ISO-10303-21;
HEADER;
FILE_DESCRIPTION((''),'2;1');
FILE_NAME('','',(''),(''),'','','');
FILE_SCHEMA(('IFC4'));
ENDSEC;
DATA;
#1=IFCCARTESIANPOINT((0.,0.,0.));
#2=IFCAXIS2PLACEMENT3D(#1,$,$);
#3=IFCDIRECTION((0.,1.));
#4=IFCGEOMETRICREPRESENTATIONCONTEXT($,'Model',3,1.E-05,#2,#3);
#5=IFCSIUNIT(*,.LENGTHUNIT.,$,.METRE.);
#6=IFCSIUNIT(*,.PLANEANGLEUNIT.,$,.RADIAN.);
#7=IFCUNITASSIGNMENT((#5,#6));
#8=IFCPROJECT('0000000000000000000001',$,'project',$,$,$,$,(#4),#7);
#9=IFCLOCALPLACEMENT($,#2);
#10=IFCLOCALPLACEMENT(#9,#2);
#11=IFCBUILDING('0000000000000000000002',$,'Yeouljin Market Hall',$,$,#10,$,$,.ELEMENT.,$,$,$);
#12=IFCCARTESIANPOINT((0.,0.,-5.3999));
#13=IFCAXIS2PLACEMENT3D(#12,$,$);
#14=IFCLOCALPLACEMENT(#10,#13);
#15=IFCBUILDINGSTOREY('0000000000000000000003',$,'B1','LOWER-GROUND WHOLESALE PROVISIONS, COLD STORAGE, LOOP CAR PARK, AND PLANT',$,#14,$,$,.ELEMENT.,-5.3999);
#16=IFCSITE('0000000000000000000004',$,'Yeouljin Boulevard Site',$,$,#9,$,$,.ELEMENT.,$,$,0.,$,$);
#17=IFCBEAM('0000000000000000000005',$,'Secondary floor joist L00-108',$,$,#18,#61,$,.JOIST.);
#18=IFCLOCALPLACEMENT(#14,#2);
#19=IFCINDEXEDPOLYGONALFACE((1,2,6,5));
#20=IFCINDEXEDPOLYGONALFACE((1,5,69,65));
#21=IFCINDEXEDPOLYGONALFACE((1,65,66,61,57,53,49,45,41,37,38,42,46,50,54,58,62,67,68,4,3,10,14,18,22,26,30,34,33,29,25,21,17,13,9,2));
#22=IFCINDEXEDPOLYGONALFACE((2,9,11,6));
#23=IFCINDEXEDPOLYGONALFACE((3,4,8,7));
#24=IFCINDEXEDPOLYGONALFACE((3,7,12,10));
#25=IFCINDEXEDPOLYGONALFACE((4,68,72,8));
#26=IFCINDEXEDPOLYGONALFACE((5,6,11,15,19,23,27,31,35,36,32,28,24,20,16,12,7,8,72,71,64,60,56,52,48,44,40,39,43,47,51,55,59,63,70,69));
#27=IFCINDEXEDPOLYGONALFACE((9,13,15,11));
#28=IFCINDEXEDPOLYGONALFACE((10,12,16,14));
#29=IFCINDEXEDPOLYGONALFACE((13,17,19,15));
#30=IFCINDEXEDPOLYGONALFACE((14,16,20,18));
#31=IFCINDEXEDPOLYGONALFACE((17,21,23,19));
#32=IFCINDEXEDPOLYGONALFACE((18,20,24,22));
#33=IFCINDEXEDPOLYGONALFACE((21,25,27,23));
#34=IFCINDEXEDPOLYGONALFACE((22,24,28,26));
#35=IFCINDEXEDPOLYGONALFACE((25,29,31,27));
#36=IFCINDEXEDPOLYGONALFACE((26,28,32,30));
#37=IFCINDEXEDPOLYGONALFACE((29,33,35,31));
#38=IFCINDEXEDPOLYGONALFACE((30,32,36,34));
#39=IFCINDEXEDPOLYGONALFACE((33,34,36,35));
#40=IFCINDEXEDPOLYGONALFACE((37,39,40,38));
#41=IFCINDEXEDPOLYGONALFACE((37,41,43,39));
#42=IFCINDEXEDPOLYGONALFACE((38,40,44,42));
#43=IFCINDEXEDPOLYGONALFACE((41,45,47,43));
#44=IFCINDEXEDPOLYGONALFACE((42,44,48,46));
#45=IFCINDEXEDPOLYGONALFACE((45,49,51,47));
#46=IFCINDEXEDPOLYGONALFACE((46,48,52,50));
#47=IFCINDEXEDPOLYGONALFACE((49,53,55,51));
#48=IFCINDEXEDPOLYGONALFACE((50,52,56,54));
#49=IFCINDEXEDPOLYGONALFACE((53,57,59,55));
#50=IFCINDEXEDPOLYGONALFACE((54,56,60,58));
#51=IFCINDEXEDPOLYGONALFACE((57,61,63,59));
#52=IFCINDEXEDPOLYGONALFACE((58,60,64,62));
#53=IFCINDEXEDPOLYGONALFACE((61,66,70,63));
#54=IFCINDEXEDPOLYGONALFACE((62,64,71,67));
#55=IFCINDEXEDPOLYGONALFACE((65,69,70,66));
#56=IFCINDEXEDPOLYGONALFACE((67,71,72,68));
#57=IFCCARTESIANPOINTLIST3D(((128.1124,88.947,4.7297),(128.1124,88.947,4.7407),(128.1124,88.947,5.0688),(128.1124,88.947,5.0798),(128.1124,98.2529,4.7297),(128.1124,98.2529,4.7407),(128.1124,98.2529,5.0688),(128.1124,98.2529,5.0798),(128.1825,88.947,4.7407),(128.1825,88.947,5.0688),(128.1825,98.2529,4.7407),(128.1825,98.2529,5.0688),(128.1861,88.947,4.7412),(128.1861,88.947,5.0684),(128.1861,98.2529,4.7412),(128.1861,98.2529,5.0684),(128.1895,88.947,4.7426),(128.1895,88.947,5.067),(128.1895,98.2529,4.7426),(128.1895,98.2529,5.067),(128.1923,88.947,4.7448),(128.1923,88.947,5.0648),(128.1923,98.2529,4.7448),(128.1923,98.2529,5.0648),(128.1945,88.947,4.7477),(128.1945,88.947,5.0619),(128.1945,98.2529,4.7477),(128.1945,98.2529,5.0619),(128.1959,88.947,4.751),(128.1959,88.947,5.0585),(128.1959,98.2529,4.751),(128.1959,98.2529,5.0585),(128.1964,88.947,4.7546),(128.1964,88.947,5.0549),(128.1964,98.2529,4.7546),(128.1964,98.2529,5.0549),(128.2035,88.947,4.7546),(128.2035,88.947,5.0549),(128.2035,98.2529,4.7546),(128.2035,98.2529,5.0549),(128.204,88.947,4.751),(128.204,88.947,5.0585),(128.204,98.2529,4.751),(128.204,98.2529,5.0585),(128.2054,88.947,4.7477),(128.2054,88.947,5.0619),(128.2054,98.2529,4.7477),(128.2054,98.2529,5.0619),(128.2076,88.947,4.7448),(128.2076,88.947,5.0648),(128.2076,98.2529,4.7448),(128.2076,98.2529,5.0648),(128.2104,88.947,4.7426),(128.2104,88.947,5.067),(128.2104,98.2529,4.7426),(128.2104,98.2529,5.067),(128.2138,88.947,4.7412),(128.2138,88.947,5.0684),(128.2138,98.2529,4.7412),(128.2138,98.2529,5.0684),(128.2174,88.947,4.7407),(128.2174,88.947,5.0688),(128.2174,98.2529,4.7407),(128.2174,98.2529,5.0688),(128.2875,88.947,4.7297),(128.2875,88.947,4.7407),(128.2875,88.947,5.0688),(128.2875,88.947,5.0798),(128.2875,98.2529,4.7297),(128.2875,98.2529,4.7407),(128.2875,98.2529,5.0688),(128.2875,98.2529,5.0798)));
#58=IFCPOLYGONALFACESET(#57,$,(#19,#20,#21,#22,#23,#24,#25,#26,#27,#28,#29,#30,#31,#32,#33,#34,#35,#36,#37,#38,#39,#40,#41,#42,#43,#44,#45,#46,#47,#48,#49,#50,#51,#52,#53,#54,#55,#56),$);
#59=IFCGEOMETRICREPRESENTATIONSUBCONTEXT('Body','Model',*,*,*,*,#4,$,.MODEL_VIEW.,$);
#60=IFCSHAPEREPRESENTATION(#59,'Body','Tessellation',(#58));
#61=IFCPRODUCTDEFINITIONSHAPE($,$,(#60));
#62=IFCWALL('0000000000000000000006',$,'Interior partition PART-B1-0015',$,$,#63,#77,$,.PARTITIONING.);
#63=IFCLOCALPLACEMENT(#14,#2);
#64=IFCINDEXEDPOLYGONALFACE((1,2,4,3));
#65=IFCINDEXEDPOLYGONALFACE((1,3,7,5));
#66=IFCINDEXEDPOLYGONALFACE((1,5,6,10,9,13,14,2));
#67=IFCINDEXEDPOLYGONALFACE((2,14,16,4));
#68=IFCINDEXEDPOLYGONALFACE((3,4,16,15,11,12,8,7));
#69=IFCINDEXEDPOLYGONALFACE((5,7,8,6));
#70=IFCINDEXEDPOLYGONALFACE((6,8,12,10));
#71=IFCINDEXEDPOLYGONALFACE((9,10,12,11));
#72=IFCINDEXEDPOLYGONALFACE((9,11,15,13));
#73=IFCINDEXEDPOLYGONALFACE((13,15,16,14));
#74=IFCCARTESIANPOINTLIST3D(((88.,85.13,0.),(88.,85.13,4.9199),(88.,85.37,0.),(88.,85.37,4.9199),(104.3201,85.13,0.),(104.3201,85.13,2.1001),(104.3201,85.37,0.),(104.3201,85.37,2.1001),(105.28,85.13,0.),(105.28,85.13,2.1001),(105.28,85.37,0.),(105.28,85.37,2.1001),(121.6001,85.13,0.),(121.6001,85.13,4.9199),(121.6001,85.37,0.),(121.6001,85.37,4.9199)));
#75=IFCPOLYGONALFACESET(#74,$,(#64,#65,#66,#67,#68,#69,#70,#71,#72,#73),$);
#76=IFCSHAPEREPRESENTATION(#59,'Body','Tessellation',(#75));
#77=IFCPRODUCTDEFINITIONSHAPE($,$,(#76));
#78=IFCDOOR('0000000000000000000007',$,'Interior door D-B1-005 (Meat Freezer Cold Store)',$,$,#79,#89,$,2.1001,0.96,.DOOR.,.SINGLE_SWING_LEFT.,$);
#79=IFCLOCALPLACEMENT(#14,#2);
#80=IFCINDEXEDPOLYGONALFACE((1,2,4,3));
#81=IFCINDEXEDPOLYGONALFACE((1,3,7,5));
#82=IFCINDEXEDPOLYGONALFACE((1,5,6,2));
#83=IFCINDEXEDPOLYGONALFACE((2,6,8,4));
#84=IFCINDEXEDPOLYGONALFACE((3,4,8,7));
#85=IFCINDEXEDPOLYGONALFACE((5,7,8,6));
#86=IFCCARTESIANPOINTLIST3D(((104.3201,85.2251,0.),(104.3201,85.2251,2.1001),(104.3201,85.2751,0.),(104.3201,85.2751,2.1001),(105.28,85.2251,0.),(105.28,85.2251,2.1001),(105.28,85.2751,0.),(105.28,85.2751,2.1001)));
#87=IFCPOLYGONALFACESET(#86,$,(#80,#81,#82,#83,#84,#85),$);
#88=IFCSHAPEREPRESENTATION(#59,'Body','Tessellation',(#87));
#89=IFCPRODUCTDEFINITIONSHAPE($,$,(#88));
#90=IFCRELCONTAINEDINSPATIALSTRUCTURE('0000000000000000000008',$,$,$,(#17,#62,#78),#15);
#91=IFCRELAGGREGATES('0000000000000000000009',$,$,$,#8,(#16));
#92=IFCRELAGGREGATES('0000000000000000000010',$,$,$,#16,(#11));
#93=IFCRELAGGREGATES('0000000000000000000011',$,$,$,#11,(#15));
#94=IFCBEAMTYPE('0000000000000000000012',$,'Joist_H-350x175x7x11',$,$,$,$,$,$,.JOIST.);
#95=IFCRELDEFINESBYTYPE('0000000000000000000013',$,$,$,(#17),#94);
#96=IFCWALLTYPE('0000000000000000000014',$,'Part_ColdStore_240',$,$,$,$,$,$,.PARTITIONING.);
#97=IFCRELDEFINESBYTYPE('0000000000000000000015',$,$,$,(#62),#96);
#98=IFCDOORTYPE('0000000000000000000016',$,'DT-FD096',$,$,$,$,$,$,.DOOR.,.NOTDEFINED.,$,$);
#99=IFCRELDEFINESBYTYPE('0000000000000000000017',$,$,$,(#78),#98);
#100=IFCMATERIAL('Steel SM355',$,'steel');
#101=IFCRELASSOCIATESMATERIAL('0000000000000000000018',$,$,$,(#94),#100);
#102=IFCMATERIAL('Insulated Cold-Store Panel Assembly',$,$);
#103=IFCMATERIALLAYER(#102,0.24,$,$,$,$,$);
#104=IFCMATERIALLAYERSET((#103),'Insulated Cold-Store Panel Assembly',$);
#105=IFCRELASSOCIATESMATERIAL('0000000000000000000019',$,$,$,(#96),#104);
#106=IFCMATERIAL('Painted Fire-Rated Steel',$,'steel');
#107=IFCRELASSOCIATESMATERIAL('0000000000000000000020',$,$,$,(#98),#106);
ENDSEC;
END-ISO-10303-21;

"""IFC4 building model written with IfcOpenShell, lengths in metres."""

from ifc_helpers import new_model, si_unit, direction, frame, frame_2d, origin, origin_2d, place, context, subcontext, project, spatial, rectangle, i_section, extrude, material, layer, layer_set, material_profile, profile_set, type_object, element, fill, save


model = new_model("IFC4")

# Units and contexts
model_context = context("Model", 3, precision=1e-05, world=origin(), true_north=direction((0.0, 1.0)))
body_context = subcontext(model_context, "Body", "Model", "MODEL_VIEW")
ifc_project = project(units=[si_unit("LENGTHUNIT", "METRE"), si_unit("PLANEANGLEUNIT", "RADIAN")], contexts=[model_context])

# Site, building, storey
site_placement = place(None, origin())
site = spatial("IfcSite", under=ifc_project, at=site_placement, Name="Yeouljin Boulevard Site", CompositionType="ELEMENT", RefElevation=0.0)
building_placement = place(site_placement, origin())
building = spatial("IfcBuilding", under=site, at=building_placement, Name="Yeouljin Market Hall", CompositionType="ELEMENT")
storey_placement = place(building_placement, frame((0.0, 0.0, -5.3999)))
storey = spatial("IfcBuildingStorey", under=building, at=storey_placement, Name="B1", Description="LOWER-GROUND WHOLESALE PROVISIONS, COLD STORAGE, LOOP CAR PARK, AND PLANT", CompositionType="ELEMENT", Elevation=-5.3999)

# Beam
ifc_material_1 = material(Name="Steel SM355", Category="steel")
ifc_material_profile_1 = material_profile(ifc_material_1, i_section(OverallWidth=0.175, OverallDepth=0.3501, WebThickness=0.0071, FlangeThickness=0.011, FilletRadius=0.0139, at=origin_2d()), Name="H-350x175x7x11")
ifc_profile_set_1 = profile_set([ifc_material_profile_1], Name="Steel SM355")
beam_type_1 = type_object("IfcBeamType", Name="Joist_H-350x175x7x11", PredefinedType="JOIST", material=ifc_profile_set_1)
for number, where, z_axis, x_axis, name in (
    (1, (128.2, 88.947, 4.9048), (0.0, 1.0, 0.0), (-1.0, 0.0, 0.0), "Secondary floor joist L00-108"),
):
    element("IfcBeam", number, at=place(storey_placement, frame(where, z_axis=z_axis, x_axis=x_axis)), inside=storey, type_object=beam_type_1, Name=name, PredefinedType="JOIST", context=body_context, shape_type="SweptSolid", body=[
        extrude(i_section(OverallWidth=0.175, OverallDepth=0.3501, WebThickness=0.0071, FlangeThickness=0.011, FilletRadius=0.0139, at=origin_2d()), origin(), (0.0, 0.0, 1.0), 9.3059),
    ])

# Wall, opening, door
ifc_material_2 = material(Name="Insulated Cold-Store Panel Assembly")
ifc_layer = layer(ifc_material_2, 0.24)
ifc_layer_set = layer_set([ifc_layer], Name="Insulated Cold-Store Panel Assembly")
wall_type = type_object("IfcWallType", Name="Part_ColdStore_240", PredefinedType="PARTITIONING", material=ifc_layer_set)
wall_placement = place(storey_placement, frame((121.6001, 85.25, 0.0), z_axis=(0.0, 0.0, 1.0), x_axis=(-1.0, 0.0, 0.0)))
wall = element("IfcWall", 2, at=wall_placement, inside=storey, type_object=wall_type, Name="Interior partition PART-B1-0015", PredefinedType="PARTITIONING", context=body_context, shape_type="SweptSolid", body=[
    extrude(rectangle(XDim=33.6001, YDim=0.24, at=frame_2d((16.8, 0.0))), origin(), (0.0, 0.0, 1.0), 4.9199),
])
opening_placement = place(wall_placement, frame((16.3201, 0.0, 0.0)))
opening = element("IfcOpeningElement", 3, at=opening_placement, cuts=wall, PredefinedType="OPENING", context=body_context, shape_type="SweptSolid", body=[
    extrude(rectangle(XDim=0.96, YDim=2.1001, at=frame_2d((0.48, 1.05))), frame((0.0, 0.1299, 0.0), z_axis=(0.0, -1.0, 0.0), x_axis=(1.0, 0.0, 0.0)), (0.0, 0.0, 1.0), 0.26),
])
ifc_material_3 = material(Name="Painted Fire-Rated Steel", Category="steel")
door_type = type_object("IfcDoorType", Name="DT-FD096", OperationType="NOTDEFINED", PredefinedType="DOOR", material=ifc_material_3)
door_placement = place(opening_placement, origin())
door = element("IfcDoor", 4, at=door_placement, inside=storey, type_object=door_type, Name="Interior door D-B1-005 (Meat Freezer Cold Store)", OperationType="SINGLE_SWING_LEFT", OverallHeight=2.1001, OverallWidth=0.96, PredefinedType="DOOR", context=body_context, shape_type="SweptSolid", body=[
    extrude(rectangle(XDim=0.96, YDim=2.1001, at=frame_2d((0.48, 1.05))), frame((0.0, 0.0249, 0.0), z_axis=(0.0, -1.0, 0.0), x_axis=(1.0, 0.0, 0.0)), (0.0, 0.0, 1.0), 0.05),
])
fill(opening, door)

save(model, "model.ifc")
